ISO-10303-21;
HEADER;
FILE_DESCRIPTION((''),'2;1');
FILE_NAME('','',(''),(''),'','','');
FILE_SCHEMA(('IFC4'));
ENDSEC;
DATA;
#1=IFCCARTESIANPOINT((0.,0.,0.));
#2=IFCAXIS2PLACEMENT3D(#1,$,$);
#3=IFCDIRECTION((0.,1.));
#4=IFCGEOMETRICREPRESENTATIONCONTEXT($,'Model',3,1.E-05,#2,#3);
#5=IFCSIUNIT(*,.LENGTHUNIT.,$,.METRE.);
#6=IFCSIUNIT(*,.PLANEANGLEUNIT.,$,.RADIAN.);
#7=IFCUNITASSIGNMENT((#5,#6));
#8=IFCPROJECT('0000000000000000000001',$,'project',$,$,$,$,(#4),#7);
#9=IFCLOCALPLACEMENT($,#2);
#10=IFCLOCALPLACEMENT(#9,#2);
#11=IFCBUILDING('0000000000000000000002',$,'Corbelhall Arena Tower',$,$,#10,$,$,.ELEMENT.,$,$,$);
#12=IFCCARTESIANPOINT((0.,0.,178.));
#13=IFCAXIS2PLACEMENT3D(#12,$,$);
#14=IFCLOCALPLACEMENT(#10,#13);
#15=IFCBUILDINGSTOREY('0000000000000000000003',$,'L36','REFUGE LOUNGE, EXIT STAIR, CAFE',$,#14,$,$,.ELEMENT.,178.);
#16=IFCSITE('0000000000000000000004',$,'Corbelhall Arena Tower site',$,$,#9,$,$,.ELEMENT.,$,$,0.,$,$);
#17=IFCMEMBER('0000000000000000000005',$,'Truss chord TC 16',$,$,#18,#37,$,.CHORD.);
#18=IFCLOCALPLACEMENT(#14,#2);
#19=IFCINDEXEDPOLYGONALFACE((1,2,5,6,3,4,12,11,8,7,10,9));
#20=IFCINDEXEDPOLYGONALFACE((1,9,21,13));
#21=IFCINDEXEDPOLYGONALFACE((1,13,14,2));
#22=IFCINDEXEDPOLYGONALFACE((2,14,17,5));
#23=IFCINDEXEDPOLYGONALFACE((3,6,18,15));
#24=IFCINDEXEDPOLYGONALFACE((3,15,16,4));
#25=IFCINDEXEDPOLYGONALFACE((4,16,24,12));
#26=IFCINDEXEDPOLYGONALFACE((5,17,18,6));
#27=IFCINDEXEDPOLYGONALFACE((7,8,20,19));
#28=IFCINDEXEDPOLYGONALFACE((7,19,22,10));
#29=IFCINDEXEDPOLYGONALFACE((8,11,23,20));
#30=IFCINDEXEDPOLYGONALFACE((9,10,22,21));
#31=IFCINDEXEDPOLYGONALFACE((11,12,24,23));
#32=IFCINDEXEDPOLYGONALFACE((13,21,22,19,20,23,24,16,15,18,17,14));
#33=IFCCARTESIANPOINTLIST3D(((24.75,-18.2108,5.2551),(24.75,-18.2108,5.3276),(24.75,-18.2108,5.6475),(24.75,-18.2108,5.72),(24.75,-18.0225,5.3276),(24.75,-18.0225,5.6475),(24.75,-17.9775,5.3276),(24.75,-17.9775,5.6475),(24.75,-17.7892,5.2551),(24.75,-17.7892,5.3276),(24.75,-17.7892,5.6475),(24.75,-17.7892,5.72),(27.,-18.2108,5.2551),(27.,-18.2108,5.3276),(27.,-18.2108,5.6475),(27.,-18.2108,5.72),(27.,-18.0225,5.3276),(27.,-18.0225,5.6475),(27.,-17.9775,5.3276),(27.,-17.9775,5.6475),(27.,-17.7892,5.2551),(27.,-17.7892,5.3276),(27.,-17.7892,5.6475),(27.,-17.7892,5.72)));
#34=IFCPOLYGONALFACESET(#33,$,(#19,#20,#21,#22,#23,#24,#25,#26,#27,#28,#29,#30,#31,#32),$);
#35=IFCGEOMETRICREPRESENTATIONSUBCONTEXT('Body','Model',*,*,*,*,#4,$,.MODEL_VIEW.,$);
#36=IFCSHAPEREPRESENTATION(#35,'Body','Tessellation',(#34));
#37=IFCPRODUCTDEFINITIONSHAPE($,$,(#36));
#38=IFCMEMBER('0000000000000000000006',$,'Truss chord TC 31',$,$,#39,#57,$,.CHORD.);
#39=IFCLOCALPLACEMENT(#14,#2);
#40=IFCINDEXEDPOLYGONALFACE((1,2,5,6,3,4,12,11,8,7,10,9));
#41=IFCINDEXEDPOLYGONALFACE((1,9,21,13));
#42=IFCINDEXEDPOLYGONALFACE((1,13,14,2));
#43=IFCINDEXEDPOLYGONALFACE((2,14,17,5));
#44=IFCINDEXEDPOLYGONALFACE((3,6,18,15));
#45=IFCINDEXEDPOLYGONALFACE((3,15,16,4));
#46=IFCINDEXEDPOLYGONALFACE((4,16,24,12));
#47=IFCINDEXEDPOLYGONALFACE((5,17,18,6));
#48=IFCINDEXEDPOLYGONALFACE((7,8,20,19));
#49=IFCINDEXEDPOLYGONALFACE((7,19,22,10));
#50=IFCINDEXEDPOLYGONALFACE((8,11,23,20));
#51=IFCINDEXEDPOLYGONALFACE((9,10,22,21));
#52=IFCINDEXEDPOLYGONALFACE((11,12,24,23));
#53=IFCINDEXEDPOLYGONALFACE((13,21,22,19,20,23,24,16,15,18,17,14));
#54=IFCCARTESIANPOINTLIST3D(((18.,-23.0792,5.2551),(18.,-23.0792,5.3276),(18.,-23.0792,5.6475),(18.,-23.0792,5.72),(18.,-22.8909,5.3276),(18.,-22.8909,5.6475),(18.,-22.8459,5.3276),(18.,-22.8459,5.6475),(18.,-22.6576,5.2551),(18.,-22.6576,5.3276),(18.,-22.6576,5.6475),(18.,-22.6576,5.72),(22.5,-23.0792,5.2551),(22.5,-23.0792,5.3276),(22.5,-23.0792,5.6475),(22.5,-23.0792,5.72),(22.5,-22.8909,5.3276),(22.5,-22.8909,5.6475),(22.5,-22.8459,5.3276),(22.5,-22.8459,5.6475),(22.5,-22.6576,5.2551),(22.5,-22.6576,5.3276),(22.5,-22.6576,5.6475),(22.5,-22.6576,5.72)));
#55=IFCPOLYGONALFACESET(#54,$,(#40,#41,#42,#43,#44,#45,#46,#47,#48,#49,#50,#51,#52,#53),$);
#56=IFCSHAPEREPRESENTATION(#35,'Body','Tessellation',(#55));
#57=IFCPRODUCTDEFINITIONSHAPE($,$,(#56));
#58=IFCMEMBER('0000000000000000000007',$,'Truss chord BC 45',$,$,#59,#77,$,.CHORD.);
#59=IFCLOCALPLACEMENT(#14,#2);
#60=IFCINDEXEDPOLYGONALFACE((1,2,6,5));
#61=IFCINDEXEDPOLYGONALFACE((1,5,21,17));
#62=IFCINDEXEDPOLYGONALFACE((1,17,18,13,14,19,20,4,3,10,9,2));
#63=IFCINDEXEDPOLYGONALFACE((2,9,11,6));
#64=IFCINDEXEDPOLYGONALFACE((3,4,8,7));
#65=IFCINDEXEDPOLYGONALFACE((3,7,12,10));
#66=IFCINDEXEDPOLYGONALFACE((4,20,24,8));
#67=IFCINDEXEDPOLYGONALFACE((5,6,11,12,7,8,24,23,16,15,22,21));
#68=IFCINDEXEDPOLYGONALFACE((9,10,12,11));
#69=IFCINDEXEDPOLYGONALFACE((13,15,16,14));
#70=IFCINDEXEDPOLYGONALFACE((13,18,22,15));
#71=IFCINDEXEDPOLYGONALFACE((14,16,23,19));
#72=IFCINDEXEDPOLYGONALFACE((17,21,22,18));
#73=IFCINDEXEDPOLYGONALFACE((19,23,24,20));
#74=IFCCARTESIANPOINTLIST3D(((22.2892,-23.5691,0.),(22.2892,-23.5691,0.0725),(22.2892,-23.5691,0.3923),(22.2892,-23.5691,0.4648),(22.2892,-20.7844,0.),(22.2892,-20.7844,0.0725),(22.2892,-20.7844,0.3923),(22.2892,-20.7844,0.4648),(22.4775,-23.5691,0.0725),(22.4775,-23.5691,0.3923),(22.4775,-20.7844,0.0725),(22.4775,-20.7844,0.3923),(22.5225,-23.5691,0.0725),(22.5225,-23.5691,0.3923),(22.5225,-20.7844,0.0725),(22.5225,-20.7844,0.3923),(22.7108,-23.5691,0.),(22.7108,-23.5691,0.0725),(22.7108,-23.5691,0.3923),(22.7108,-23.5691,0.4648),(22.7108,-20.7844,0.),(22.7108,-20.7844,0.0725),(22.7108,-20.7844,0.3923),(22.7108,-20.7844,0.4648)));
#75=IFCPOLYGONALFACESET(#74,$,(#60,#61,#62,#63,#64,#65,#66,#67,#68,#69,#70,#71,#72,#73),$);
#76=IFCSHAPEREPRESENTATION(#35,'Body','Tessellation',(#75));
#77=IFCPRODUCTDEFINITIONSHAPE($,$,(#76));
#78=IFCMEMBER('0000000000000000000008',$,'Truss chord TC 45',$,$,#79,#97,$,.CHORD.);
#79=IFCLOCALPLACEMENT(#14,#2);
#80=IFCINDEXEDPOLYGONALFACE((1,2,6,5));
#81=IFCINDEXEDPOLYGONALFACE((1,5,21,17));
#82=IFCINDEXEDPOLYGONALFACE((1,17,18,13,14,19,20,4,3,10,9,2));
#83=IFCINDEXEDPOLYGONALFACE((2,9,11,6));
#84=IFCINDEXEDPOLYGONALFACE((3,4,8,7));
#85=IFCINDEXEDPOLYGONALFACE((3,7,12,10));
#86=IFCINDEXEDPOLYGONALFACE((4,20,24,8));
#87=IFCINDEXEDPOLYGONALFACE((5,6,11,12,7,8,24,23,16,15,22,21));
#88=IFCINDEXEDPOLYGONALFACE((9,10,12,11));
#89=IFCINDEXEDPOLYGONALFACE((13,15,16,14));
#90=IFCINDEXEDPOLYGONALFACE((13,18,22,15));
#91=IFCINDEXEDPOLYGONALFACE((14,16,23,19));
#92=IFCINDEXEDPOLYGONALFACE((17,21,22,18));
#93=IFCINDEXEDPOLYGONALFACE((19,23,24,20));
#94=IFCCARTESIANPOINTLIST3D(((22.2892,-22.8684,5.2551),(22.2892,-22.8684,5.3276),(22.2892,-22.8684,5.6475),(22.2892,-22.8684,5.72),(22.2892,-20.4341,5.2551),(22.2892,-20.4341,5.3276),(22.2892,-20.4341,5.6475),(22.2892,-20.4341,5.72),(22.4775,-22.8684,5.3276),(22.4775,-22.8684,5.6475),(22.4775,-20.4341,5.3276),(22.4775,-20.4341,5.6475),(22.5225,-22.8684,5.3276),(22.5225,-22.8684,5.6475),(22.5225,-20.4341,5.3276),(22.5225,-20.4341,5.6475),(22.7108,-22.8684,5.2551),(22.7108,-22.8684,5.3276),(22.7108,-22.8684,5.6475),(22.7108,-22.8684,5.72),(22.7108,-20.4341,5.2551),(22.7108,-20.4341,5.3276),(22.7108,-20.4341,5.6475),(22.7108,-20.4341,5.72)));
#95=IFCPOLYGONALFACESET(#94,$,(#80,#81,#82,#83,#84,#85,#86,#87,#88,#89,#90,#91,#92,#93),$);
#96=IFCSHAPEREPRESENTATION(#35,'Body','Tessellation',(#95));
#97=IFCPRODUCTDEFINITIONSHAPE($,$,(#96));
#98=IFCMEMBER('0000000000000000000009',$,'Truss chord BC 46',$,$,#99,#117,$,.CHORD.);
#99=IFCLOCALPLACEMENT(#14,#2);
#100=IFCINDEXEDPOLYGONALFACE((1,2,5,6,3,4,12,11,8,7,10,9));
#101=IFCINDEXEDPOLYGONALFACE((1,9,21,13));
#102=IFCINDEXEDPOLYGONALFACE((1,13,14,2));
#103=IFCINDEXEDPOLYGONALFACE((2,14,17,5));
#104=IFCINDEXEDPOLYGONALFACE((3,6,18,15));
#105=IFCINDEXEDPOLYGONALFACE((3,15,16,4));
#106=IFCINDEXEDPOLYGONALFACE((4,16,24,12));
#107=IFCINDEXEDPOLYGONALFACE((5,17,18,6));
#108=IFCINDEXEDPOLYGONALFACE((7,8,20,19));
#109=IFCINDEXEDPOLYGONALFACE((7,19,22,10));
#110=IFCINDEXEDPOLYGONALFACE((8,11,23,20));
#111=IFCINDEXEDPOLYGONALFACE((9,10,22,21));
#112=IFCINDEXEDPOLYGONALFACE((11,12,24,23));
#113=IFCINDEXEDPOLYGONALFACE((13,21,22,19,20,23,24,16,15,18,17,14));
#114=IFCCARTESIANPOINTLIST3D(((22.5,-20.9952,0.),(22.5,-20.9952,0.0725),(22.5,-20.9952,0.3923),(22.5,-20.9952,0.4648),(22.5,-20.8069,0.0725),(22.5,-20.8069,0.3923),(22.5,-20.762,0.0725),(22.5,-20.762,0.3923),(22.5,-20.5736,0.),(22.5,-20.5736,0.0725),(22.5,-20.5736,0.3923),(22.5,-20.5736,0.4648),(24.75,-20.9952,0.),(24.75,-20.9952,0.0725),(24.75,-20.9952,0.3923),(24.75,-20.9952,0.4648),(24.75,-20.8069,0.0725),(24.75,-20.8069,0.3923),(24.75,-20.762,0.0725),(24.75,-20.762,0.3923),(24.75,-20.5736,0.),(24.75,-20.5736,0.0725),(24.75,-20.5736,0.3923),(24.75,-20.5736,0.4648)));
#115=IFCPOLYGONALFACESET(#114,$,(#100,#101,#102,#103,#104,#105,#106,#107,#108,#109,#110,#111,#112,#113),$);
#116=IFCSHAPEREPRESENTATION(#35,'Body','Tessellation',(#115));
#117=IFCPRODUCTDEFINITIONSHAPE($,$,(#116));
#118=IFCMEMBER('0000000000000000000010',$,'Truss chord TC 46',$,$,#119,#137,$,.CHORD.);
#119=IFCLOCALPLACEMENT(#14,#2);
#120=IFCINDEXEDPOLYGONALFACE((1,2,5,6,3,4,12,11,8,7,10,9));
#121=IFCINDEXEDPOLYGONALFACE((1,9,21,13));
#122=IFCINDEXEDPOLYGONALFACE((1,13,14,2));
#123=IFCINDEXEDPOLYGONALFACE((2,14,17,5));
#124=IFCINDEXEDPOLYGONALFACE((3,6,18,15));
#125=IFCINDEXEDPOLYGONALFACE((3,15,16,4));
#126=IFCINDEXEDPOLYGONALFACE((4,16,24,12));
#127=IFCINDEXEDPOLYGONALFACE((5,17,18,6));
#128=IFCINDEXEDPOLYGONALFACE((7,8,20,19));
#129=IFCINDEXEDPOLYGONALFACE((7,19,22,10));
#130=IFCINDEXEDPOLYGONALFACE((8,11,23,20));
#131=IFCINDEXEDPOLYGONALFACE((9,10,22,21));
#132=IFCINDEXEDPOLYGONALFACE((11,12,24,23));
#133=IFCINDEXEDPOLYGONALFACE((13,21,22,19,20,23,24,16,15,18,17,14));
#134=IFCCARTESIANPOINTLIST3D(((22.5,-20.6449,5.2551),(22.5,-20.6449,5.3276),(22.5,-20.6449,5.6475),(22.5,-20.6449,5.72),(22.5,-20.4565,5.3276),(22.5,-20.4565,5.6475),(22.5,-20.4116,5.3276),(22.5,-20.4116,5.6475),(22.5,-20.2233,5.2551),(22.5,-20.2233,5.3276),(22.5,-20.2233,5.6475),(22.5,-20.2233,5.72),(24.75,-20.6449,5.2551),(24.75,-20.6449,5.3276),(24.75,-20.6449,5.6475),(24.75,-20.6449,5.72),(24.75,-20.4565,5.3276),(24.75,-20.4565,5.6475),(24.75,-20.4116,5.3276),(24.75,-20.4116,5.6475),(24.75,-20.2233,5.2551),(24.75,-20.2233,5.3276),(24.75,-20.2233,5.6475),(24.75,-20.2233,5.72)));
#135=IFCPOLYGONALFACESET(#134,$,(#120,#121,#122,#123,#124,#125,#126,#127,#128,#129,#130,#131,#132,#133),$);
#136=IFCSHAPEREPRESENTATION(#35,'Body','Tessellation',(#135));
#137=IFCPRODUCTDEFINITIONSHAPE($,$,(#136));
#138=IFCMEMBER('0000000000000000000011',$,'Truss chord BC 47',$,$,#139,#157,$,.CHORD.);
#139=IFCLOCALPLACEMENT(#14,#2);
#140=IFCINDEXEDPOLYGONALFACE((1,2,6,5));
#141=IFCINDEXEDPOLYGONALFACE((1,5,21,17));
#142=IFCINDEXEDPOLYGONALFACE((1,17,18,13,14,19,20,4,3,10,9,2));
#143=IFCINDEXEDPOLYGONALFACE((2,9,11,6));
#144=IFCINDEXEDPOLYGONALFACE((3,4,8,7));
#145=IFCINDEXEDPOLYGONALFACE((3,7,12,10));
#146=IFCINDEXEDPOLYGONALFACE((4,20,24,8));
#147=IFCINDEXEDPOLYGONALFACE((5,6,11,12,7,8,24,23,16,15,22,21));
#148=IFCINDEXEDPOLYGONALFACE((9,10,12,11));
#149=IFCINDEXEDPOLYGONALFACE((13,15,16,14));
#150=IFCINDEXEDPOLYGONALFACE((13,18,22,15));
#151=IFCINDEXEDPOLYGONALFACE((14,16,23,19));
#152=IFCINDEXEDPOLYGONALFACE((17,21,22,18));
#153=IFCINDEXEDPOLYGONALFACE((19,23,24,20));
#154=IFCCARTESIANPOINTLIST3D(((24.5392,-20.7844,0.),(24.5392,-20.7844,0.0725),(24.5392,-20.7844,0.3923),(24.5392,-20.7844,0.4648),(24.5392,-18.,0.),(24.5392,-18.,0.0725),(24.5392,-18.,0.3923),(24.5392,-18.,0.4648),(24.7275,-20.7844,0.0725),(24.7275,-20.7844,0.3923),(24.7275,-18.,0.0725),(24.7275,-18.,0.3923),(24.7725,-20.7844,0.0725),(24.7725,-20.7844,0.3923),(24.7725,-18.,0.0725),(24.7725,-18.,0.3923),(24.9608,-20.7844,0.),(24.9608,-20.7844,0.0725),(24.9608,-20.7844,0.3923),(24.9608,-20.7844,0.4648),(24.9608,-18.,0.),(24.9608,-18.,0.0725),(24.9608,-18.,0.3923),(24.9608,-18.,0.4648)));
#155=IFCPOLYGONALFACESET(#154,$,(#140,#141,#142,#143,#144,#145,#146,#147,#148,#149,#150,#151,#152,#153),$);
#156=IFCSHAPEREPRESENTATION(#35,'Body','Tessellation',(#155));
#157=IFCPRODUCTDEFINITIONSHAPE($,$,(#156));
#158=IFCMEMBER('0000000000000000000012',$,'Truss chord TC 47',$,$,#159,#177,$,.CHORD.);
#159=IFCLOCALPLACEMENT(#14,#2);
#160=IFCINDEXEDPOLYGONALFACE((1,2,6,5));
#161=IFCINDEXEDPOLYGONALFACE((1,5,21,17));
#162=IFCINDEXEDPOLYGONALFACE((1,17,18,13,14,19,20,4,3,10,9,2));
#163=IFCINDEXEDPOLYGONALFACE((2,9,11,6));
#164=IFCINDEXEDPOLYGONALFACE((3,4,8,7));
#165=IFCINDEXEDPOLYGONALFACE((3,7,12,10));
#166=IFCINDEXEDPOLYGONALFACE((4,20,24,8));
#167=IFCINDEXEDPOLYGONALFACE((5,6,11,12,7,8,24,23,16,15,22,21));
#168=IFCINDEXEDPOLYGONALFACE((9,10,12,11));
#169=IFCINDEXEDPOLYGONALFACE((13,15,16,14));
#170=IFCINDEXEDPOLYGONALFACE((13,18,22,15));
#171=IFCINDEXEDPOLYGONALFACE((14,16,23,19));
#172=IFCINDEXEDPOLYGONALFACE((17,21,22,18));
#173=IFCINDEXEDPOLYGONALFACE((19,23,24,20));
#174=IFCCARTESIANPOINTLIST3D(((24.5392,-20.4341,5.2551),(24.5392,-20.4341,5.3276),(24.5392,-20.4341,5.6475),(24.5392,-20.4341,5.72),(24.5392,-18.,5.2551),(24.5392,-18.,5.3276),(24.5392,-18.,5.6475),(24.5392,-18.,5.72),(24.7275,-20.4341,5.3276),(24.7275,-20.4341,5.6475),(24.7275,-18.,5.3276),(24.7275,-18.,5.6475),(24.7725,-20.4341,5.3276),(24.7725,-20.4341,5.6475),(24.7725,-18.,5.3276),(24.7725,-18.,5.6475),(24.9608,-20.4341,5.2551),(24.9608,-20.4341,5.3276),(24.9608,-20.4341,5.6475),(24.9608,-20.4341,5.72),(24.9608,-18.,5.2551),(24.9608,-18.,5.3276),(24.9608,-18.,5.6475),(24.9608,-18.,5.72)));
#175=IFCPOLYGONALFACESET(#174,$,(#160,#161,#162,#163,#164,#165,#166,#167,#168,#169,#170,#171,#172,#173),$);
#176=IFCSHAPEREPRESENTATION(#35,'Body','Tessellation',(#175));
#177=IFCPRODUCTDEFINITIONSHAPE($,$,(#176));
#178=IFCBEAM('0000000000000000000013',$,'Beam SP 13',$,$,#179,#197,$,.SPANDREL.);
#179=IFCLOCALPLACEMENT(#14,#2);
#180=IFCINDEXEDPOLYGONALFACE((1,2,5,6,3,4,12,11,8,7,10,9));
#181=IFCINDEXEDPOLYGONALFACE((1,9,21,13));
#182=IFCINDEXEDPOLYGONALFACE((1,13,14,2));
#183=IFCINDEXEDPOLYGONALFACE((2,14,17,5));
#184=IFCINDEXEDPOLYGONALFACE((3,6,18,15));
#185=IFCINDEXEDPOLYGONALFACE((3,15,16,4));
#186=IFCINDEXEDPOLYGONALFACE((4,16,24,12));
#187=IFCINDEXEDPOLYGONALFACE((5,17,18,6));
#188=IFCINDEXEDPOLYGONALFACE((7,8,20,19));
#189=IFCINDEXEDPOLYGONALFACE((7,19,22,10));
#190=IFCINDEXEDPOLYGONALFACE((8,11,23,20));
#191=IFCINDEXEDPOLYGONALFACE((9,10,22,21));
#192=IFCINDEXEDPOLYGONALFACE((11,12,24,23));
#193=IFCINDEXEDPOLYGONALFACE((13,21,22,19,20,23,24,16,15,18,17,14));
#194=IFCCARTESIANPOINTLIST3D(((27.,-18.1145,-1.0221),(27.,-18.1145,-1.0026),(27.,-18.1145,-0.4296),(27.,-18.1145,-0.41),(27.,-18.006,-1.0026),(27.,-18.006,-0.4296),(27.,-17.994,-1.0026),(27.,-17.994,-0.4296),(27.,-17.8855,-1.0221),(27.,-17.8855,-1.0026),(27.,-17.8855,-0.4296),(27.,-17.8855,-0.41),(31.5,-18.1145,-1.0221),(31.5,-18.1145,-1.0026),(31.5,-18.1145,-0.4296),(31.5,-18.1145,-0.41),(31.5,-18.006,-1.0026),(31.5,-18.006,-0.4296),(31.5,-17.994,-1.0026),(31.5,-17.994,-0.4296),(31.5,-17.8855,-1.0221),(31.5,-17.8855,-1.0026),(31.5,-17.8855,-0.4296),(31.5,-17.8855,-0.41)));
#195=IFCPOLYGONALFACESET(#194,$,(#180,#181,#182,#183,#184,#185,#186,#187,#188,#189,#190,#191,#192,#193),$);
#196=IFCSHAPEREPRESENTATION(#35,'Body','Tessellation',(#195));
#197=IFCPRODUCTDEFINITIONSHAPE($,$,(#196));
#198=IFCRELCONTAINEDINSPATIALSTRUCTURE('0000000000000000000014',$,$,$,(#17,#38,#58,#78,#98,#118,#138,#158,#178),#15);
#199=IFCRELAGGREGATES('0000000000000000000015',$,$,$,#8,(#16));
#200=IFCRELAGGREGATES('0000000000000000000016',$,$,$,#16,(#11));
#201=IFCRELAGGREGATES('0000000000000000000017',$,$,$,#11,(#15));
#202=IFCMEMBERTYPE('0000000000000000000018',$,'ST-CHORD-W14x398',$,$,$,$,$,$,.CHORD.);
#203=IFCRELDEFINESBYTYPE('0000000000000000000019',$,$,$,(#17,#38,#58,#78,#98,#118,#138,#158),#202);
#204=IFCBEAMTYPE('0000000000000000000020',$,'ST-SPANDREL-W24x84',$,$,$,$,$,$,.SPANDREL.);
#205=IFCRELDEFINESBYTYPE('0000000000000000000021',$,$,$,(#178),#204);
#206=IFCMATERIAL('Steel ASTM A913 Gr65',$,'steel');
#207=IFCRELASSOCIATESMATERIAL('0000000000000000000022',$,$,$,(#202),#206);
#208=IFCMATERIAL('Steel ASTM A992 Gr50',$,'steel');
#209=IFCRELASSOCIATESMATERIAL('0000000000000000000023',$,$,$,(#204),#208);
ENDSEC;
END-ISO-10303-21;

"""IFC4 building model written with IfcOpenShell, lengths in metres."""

from ifc_helpers import new_model, si_unit, direction, frame, origin, origin_2d, place, context, subcontext, project, spatial, i_section, extrude, material, material_profile, profile_set, type_object, element, save


model = new_model("IFC4")

# Units and contexts
model_context = context("Model", 3, precision=1e-05, world=origin(), true_north=direction((0.0, 1.0)))
body_context = subcontext(model_context, "Body", "Model", "MODEL_VIEW")
ifc_project = project(units=[si_unit("LENGTHUNIT", "METRE"), si_unit("PLANEANGLEUNIT", "RADIAN")], contexts=[model_context])

# Site, building, storey
site_placement = place(None, origin())
site = spatial("IfcSite", under=ifc_project, at=site_placement, Name="Corbelhall Arena Tower site", CompositionType="ELEMENT", RefElevation=0.0)
building_placement = place(site_placement, origin())
building = spatial("IfcBuilding", under=site, at=building_placement, Name="Corbelhall Arena Tower", CompositionType="ELEMENT")
storey_placement = place(building_placement, frame((0.0, 0.0, 178.0)))
storey = spatial("IfcBuildingStorey", under=building, at=storey_placement, Name="L36", Description="REFUGE LOUNGE, EXIT STAIR, CAFE", CompositionType="ELEMENT", Elevation=178.0)

# Members
ifc_material_1 = material(Name="Steel ASTM A913 Gr65", Category="steel")
ifc_material_profile_1 = material_profile(ifc_material_1, i_section(OverallWidth=0.4216, OverallDepth=0.4648, WebThickness=0.0449, FlangeThickness=0.0725, at=origin_2d()))
ifc_profile_set_1 = profile_set([ifc_material_profile_1], Name="Steel ASTM A913 Gr65")
member_type_1 = type_object("IfcMemberType", Name="ST-CHORD-W14x398", PredefinedType="CHORD", material=ifc_profile_set_1)
for number, where, z_axis, x_axis, name in (
    (1, (27.0, -18.0, 5.4875), (-1.0, 0.0, 0.0), (0.0, -1.0, 0.0), "Truss chord TC 16"),
):
    element("IfcMember", number, at=place(storey_placement, frame(where, z_axis=z_axis, x_axis=x_axis)), inside=storey, type_object=member_type_1, Name=name, PredefinedType="CHORD", context=body_context, shape_type="SweptSolid", body=[
        extrude(i_section(OverallWidth=0.4216, OverallDepth=0.4648, WebThickness=0.0449, FlangeThickness=0.0725, at=origin_2d()), origin(), (0.0, 0.0, 1.0), 2.25),
    ])
member_1_placement = place(storey_placement, frame((22.5, -22.8684, 5.4875), z_axis=(-1.0, 0.0, 0.0), x_axis=(0.0, -1.0, 0.0)))
element("IfcMember", 2, at=member_1_placement, inside=storey, type_object=member_type_1, Name="Truss chord TC 31", PredefinedType="CHORD", context=body_context, shape_type="SweptSolid", body=[
    extrude(i_section(OverallWidth=0.4216, OverallDepth=0.4648, WebThickness=0.0449, FlangeThickness=0.0725, at=origin_2d()), origin(), (0.0, 0.0, 1.0), 4.5),
])
member_2_placement = place(storey_placement, frame((22.5, -20.7844, 0.2324), z_axis=(0.0, -1.0, 0.0), x_axis=(1.0, 0.0, 0.0)))
element("IfcMember", 3, at=member_2_placement, inside=storey, type_object=member_type_1, Name="Truss chord BC 45", PredefinedType="CHORD", context=body_context, shape_type="SweptSolid", body=[
    extrude(i_section(OverallWidth=0.4216, OverallDepth=0.4648, WebThickness=0.0449, FlangeThickness=0.0725, at=origin_2d()), origin(), (0.0, 0.0, 1.0), 2.7847),
])
member_3_placement = place(storey_placement, frame((22.5, -20.4341, 5.4875), z_axis=(0.0, -1.0, 0.0), x_axis=(1.0, 0.0, 0.0)))
element("IfcMember", 4, at=member_3_placement, inside=storey, type_object=member_type_1, Name="Truss chord TC 45", PredefinedType="CHORD", context=body_context, shape_type="SweptSolid", body=[
    extrude(i_section(OverallWidth=0.4216, OverallDepth=0.4648, WebThickness=0.0449, FlangeThickness=0.0725, at=origin_2d()), origin(), (0.0, 0.0, 1.0), 2.4343),
])
for number, where, z_axis, x_axis, name in (
    (5, (24.75, -20.7844, 0.2324), (-1.0, 0.0, 0.0), (0.0, -1.0, 0.0), "Truss chord BC 46"),
    (6, (24.75, -20.4341, 5.4875), (-1.0, 0.0, 0.0), (0.0, -1.0, 0.0), "Truss chord TC 46"),
):
    element("IfcMember", number, at=place(storey_placement, frame(where, z_axis=z_axis, x_axis=x_axis)), inside=storey, type_object=member_type_1, Name=name, PredefinedType="CHORD", context=body_context, shape_type="SweptSolid", body=[
        extrude(i_section(OverallWidth=0.4216, OverallDepth=0.4648, WebThickness=0.0449, FlangeThickness=0.0725, at=origin_2d()), origin(), (0.0, 0.0, 1.0), 2.25),
    ])
member_4_placement = place(storey_placement, frame((24.75, -18.0, 0.2324), z_axis=(0.0, -1.0, 0.0), x_axis=(1.0, 0.0, 0.0)))
element("IfcMember", 7, at=member_4_placement, inside=storey, type_object=member_type_1, Name="Truss chord BC 47", PredefinedType="CHORD", context=body_context, shape_type="SweptSolid", body=[
    extrude(i_section(OverallWidth=0.4216, OverallDepth=0.4648, WebThickness=0.0449, FlangeThickness=0.0725, at=origin_2d()), origin(), (0.0, 0.0, 1.0), 2.7844),
])
member_5_placement = place(storey_placement, frame((24.75, -18.0, 5.4875), z_axis=(0.0, -1.0, 0.0), x_axis=(1.0, 0.0, 0.0)))
element("IfcMember", 8, at=member_5_placement, inside=storey, type_object=member_type_1, Name="Truss chord TC 47", PredefinedType="CHORD", context=body_context, shape_type="SweptSolid", body=[
    extrude(i_section(OverallWidth=0.4216, OverallDepth=0.4648, WebThickness=0.0449, FlangeThickness=0.0725, at=origin_2d()), origin(), (0.0, 0.0, 1.0), 2.4341),
])

# Beam
ifc_material_2 = material(Name="Steel ASTM A992 Gr50", Category="steel")
ifc_material_profile_2 = material_profile(ifc_material_2, i_section(OverallWidth=0.229, OverallDepth=0.6121, WebThickness=0.012, FlangeThickness=0.0195, at=origin_2d()))
ifc_profile_set_2 = profile_set([ifc_material_profile_2], Name="Steel ASTM A992 Gr50")
beam_type = type_object("IfcBeamType", Name="ST-SPANDREL-W24x84", PredefinedType="SPANDREL", material=ifc_profile_set_2)
for number, where, z_axis, x_axis, name in (
    (9, (31.5, -18.0, -0.7161), (-1.0, 0.0, 0.0), (0.0, -1.0, 0.0), "Beam SP 13"),
):
    element("IfcBeam", number, at=place(storey_placement, frame(where, z_axis=z_axis, x_axis=x_axis)), inside=storey, type_object=beam_type, Name=name, PredefinedType="SPANDREL", context=body_context, shape_type="SweptSolid", body=[
        extrude(i_section(OverallWidth=0.229, OverallDepth=0.6121, WebThickness=0.012, FlangeThickness=0.0195, at=origin_2d()), origin(), (0.0, 0.0, 1.0), 4.5),
    ])

save(model, "model.ifc")
